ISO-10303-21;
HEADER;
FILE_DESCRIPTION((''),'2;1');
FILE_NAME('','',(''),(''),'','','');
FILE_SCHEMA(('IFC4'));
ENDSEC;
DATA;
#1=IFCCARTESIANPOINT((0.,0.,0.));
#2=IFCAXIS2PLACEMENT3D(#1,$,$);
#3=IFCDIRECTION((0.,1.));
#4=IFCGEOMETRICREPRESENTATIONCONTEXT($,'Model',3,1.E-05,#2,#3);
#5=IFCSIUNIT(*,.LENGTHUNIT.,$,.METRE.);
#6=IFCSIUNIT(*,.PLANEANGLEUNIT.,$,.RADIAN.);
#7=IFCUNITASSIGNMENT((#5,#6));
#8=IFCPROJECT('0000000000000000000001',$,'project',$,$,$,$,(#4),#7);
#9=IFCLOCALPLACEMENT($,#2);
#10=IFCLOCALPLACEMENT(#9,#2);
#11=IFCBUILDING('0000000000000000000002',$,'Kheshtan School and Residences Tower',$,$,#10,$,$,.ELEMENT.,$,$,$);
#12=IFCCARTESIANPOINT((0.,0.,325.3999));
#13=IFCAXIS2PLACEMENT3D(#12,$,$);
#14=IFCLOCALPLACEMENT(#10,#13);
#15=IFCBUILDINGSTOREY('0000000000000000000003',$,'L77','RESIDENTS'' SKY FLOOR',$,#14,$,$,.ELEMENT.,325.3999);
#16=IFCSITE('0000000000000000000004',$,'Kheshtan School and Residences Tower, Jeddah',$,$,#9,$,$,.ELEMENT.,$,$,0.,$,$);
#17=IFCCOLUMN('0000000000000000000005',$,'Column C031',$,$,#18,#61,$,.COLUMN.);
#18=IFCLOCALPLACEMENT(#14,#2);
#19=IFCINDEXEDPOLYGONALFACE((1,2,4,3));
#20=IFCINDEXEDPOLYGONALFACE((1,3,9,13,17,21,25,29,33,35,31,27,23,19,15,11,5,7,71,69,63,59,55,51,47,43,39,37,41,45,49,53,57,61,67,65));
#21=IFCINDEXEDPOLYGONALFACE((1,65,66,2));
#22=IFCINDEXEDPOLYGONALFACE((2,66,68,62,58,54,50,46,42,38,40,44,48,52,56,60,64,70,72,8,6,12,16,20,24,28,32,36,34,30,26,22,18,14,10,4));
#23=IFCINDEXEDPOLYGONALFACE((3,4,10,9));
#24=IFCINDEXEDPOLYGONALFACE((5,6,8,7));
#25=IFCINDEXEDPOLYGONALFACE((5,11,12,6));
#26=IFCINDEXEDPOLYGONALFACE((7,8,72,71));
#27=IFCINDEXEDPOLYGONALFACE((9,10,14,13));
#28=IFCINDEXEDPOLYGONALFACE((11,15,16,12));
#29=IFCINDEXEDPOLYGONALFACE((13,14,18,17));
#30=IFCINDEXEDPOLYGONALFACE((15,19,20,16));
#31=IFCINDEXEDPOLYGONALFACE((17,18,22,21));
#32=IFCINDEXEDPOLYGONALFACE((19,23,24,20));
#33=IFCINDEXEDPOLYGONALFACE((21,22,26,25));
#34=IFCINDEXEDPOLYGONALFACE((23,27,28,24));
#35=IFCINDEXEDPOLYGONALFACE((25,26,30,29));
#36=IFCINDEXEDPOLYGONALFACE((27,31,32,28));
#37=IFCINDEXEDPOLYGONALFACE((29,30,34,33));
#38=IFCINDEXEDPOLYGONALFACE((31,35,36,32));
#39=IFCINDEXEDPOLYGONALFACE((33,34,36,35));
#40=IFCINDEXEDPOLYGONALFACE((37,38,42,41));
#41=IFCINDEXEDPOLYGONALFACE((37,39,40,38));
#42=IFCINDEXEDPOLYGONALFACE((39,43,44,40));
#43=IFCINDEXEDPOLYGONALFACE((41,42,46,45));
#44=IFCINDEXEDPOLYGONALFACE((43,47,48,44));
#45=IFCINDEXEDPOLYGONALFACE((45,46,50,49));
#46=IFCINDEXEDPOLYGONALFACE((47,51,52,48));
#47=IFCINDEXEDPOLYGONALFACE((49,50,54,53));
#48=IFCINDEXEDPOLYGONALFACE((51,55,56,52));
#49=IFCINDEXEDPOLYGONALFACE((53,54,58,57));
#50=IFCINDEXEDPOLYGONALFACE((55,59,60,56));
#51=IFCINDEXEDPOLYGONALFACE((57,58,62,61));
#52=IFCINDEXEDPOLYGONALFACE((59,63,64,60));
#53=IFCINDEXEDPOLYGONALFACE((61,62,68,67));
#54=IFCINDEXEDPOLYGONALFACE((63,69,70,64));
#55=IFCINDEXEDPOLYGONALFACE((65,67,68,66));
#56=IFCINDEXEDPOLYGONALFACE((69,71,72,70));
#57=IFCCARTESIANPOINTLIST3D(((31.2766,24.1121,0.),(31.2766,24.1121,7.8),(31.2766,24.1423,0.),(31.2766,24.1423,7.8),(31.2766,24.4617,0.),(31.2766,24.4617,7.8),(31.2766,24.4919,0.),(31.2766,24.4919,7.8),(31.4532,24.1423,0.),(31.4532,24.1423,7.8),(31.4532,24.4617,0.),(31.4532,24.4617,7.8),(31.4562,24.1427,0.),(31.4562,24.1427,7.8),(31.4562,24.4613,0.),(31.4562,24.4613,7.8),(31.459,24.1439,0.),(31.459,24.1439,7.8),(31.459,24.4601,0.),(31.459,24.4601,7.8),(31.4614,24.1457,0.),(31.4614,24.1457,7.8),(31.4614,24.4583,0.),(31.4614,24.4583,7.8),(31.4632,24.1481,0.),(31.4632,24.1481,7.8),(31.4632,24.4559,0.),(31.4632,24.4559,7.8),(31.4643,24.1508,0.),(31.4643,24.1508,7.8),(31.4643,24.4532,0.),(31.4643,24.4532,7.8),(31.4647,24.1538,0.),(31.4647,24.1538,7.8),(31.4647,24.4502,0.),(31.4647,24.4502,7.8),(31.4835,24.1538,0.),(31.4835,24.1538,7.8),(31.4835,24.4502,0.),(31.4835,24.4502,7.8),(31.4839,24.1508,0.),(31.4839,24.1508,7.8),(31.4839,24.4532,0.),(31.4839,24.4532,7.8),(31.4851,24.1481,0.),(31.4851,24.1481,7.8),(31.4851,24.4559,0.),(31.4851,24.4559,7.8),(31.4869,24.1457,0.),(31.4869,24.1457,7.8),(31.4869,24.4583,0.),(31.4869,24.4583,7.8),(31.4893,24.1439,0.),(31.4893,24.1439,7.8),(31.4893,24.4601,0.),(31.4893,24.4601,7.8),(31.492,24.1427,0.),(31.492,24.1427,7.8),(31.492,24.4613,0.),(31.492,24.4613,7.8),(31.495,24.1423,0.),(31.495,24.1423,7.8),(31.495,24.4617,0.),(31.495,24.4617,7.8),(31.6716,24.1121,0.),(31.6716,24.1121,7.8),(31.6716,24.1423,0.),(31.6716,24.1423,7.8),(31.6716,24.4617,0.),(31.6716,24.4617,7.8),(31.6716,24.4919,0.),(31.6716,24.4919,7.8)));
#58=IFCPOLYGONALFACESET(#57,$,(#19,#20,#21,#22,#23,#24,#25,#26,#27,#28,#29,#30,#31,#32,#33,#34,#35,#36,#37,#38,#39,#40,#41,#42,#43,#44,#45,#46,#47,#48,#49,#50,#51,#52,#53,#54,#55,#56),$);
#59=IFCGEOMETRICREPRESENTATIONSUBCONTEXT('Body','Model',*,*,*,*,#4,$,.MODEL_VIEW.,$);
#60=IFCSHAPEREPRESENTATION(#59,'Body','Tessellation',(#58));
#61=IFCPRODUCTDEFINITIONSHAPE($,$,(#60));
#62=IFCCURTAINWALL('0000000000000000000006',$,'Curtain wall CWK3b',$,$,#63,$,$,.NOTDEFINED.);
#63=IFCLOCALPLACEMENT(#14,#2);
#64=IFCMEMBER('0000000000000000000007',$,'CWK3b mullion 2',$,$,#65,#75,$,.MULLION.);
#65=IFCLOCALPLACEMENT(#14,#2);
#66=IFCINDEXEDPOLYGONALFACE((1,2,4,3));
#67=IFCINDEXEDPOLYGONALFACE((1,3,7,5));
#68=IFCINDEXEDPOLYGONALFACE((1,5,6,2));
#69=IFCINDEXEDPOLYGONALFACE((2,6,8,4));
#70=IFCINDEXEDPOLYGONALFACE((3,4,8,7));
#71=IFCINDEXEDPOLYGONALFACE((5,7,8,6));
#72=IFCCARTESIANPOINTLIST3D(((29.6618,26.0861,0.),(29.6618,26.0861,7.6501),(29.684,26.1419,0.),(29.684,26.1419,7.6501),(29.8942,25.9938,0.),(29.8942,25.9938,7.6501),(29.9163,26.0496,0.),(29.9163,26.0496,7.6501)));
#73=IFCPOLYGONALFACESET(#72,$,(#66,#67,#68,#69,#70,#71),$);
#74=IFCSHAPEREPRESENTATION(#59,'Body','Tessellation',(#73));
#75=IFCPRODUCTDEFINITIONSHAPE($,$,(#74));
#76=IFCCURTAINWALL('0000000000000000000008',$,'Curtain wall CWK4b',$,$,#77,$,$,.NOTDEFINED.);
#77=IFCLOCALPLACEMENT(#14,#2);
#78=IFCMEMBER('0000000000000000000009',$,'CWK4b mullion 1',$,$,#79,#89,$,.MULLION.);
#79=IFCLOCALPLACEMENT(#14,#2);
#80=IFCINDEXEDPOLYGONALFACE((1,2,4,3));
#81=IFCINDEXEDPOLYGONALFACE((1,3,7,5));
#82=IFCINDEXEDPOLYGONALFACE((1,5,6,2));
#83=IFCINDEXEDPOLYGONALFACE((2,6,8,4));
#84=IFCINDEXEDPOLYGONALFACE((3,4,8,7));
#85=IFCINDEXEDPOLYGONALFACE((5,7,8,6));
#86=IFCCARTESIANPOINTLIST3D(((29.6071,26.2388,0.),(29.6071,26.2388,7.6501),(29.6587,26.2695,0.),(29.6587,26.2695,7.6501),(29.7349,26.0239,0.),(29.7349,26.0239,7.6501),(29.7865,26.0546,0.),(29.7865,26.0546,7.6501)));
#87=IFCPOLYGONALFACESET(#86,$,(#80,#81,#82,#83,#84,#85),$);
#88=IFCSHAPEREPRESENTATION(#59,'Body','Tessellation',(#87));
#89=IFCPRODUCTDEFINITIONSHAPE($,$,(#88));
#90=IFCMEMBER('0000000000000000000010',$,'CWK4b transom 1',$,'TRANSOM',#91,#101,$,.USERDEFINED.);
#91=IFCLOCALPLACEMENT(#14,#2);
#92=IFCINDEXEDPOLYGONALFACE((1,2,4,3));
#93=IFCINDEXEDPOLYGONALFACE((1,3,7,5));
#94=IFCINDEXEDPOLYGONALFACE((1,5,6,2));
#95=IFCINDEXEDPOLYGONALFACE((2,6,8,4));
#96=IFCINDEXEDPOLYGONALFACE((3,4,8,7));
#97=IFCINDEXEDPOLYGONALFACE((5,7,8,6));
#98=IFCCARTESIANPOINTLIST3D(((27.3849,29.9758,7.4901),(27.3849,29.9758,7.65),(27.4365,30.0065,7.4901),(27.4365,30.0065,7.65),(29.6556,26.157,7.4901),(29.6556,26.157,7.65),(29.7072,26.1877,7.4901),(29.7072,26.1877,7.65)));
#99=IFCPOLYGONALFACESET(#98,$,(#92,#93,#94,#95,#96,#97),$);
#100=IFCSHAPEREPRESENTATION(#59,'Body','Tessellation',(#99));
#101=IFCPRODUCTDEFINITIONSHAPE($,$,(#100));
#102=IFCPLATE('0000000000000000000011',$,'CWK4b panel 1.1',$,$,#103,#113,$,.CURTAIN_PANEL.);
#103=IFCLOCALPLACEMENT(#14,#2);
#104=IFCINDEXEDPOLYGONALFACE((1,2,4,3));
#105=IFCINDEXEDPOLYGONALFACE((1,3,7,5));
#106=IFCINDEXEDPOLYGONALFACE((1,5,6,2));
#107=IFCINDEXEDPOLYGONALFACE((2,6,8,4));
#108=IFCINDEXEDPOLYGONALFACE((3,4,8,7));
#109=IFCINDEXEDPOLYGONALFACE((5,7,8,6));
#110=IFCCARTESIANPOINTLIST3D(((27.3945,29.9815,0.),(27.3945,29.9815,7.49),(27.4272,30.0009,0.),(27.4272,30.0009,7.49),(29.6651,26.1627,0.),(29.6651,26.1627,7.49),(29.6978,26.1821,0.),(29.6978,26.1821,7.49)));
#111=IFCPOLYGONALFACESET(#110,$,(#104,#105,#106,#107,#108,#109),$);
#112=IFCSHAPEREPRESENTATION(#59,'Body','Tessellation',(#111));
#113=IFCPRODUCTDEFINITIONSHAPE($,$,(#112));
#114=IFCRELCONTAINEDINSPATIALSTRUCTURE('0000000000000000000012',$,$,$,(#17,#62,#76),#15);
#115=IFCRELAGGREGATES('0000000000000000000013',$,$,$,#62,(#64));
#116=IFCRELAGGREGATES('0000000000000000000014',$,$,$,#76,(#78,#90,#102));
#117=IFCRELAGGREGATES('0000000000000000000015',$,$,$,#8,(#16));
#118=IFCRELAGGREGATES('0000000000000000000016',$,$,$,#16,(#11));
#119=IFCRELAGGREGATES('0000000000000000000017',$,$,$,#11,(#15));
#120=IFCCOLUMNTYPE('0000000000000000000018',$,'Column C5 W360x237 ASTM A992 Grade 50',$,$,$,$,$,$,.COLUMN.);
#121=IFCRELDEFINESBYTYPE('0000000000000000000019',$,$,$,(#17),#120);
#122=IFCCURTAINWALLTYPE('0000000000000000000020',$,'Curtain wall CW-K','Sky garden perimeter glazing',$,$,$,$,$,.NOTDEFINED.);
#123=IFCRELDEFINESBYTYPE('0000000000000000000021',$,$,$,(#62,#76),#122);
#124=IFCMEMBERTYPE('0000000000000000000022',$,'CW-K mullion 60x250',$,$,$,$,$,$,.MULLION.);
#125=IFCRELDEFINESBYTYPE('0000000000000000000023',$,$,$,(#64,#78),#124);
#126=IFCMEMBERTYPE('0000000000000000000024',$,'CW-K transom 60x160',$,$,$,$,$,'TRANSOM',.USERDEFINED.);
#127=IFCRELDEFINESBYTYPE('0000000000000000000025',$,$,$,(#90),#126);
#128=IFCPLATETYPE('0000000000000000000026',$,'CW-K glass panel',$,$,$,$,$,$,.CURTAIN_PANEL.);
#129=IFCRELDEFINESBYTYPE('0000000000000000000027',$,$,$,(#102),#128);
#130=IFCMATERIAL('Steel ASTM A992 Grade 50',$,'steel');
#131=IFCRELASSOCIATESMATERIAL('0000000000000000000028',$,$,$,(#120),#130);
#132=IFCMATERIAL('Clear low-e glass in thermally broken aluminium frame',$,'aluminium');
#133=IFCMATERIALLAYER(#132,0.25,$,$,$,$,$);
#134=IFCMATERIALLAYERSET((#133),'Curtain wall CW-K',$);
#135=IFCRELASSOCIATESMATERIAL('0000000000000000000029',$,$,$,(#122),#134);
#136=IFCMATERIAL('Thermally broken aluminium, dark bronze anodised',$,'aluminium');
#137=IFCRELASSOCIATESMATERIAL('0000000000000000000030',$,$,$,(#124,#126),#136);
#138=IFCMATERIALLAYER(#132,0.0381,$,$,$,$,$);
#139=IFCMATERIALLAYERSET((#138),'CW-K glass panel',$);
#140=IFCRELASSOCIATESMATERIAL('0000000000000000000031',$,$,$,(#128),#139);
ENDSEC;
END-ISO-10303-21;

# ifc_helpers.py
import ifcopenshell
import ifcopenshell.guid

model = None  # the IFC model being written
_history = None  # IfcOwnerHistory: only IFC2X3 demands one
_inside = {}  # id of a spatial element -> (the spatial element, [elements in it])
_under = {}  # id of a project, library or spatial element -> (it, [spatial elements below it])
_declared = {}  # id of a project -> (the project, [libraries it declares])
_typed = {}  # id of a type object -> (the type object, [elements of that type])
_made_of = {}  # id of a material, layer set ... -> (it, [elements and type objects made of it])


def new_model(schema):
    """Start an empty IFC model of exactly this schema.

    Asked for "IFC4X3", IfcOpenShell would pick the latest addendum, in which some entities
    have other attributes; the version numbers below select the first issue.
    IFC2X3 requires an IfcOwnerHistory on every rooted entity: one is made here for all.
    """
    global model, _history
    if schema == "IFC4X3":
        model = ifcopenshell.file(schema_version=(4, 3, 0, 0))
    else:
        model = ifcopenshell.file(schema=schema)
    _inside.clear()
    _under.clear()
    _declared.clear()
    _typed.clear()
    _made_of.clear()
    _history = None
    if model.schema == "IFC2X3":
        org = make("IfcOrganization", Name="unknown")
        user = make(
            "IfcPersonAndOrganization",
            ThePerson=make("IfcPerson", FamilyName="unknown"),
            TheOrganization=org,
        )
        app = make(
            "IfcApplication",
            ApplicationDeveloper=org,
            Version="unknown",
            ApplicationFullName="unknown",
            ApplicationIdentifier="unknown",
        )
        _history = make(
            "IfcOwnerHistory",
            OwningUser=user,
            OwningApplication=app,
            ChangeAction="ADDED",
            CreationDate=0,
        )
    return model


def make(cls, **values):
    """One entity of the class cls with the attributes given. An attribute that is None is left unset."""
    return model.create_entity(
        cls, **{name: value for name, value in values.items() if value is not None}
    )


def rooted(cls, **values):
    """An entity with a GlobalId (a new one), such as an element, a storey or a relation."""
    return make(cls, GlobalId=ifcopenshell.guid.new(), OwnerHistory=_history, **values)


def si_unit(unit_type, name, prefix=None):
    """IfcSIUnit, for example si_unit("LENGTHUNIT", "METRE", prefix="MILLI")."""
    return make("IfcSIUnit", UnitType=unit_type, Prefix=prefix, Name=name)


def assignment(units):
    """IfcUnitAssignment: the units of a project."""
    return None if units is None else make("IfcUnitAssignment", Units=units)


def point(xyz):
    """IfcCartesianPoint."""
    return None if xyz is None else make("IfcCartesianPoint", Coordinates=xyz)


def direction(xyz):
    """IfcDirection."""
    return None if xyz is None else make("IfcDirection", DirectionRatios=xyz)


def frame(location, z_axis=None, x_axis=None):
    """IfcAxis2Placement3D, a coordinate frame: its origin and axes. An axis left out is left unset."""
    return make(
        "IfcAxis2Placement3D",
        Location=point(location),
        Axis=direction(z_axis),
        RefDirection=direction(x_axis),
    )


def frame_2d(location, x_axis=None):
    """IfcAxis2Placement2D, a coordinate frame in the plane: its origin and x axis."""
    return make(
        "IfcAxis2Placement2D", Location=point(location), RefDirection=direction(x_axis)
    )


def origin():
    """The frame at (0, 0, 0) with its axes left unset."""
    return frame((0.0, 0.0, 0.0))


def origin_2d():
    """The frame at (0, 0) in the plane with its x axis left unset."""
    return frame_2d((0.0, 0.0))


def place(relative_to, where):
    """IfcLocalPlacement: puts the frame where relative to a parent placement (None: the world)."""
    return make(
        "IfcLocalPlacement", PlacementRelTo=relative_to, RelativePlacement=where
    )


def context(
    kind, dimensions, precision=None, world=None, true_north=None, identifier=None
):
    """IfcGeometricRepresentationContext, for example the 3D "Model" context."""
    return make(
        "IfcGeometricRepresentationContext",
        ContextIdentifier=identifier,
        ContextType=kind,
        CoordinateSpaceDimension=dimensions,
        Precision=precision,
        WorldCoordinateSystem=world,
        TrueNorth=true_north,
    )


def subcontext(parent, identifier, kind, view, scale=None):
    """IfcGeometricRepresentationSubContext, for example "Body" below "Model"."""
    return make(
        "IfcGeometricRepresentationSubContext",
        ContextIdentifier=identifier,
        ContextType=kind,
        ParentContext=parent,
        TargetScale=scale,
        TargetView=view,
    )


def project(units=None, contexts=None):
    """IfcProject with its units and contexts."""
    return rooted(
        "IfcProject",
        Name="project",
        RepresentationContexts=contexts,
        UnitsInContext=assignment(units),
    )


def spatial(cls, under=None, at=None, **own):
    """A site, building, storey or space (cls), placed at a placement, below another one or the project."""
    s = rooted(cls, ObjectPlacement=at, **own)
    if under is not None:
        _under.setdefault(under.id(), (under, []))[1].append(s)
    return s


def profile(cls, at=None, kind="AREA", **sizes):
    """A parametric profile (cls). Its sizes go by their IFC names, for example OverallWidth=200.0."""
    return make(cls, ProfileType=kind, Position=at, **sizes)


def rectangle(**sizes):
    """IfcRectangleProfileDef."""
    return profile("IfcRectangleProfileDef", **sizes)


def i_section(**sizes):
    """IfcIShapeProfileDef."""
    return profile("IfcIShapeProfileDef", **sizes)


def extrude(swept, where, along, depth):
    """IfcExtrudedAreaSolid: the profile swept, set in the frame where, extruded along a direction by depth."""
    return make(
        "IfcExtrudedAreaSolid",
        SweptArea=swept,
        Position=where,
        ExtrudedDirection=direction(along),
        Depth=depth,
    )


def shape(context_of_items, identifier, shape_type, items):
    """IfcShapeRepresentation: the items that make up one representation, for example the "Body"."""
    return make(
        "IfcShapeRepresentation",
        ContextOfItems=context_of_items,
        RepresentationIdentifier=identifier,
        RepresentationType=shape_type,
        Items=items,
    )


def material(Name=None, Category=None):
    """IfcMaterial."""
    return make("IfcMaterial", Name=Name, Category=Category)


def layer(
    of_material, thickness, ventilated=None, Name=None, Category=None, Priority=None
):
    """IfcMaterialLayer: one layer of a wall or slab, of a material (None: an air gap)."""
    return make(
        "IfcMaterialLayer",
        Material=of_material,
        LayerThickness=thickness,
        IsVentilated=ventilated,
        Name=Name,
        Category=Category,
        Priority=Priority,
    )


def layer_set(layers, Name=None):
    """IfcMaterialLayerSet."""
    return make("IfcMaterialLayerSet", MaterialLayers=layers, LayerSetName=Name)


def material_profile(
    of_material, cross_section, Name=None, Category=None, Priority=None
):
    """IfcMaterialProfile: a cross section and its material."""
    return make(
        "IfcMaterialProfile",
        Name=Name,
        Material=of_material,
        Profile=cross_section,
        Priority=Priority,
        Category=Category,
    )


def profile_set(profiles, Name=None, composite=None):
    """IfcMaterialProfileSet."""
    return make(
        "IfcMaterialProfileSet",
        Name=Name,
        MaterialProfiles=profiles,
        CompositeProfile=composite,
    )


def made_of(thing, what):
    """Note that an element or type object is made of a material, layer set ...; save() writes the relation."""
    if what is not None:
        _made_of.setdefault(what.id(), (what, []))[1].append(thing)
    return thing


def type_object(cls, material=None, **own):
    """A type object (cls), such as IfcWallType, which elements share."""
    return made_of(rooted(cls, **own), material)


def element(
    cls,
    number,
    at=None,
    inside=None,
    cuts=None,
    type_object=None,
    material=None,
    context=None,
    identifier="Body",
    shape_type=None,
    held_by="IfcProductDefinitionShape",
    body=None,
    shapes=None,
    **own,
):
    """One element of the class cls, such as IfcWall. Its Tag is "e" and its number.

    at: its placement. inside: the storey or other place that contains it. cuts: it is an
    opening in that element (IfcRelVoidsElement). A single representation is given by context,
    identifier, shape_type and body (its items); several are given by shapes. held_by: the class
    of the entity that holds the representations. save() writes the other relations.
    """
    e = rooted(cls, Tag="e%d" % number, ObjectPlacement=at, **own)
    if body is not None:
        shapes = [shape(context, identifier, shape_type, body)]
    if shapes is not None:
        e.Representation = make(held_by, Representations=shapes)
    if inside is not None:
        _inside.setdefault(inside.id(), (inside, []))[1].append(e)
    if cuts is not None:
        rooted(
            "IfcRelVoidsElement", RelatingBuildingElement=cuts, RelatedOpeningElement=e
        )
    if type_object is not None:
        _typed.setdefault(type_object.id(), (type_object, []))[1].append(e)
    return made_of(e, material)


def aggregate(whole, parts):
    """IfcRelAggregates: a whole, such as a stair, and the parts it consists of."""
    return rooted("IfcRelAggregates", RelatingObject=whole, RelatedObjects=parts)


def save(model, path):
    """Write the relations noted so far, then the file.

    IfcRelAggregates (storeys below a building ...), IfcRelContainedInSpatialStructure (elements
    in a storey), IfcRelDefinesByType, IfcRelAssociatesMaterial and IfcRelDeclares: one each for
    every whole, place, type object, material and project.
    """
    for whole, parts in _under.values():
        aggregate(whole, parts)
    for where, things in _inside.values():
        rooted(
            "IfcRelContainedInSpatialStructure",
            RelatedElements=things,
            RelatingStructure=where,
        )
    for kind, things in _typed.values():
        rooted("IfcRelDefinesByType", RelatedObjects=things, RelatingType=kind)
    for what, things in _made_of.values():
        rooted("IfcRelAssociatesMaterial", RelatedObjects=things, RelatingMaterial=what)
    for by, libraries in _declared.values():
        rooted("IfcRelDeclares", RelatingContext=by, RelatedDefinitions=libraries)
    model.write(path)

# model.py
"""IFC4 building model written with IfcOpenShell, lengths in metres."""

from ifc_helpers import new_model, si_unit, direction, frame, origin, origin_2d, place, context, subcontext, project, spatial, rectangle, i_section, extrude, material, layer, layer_set, material_profile, profile_set, type_object, element, aggregate, save


model = new_model("IFC4")

# Units and contexts
model_context = context("Model", 3, precision=1e-05, world=origin(), true_north=direction((0.0, 1.0)))
body_context = subcontext(model_context, "Body", "Model", "MODEL_VIEW")
ifc_project = project(units=[si_unit("LENGTHUNIT", "METRE"), si_unit("PLANEANGLEUNIT", "RADIAN")], contexts=[model_context])

# Site, building, storey
site_placement = place(None, origin())
site = spatial("IfcSite", under=ifc_project, at=site_placement, Name="Kheshtan School and Residences Tower, Jeddah", CompositionType="ELEMENT", RefElevation=0.0)
building_placement = place(site_placement, origin())
building = spatial("IfcBuilding", under=site, at=building_placement, Name="Kheshtan School and Residences Tower", CompositionType="ELEMENT")
storey_placement = place(building_placement, frame((0.0, 0.0, 325.3999)))
storey = spatial("IfcBuildingStorey", under=building, at=storey_placement, Name="L77", Description="RESIDENTS' SKY FLOOR", CompositionType="ELEMENT", Elevation=325.3999)

# Column
ifc_material_1 = material(Name="Steel ASTM A992 Grade 50", Category="steel")
ifc_material_profile_1 = material_profile(ifc_material_1, i_section(OverallWidth=0.395, OverallDepth=0.3799, WebThickness=0.0188, FlangeThickness=0.0303, FilletRadius=0.0115, at=origin_2d()), Name="W360x237")
ifc_profile_set_1 = profile_set([ifc_material_profile_1], Name="Steel ASTM A992 Grade 50")
column_type = type_object("IfcColumnType", Name="Column C5 W360x237 ASTM A992 Grade 50", PredefinedType="COLUMN", material=ifc_profile_set_1)
column_placement = place(storey_placement, frame((31.4741, 24.302, 0.0), z_axis=(0.0, 0.0, 1.0), x_axis=(1.0, 0.0, 0.0)))
element("IfcColumn", 1, at=column_placement, inside=storey, type_object=column_type, Name="Column C031", PredefinedType="COLUMN", context=body_context, shape_type="SweptSolid", body=[
    extrude(i_section(OverallWidth=0.395, OverallDepth=0.3799, WebThickness=0.0188, FlangeThickness=0.0303, FilletRadius=0.0115, at=origin_2d()), origin(), (0.0, 0.0, 1.0), 7.8),
])

# Curtain wall, member
ifc_material_2 = material(Name="Clear low-e glass in thermally broken aluminium frame", Category="aluminium")
ifc_layer_1 = layer(ifc_material_2, 0.25)
ifc_layer_set_1 = layer_set([ifc_layer_1], Name="Curtain wall CW-K")
curtain_wall_type = type_object("IfcCurtainWallType", Name="Curtain wall CW-K", Description="Sky garden perimeter glazing", PredefinedType="NOTDEFINED", material=ifc_layer_set_1)
curtain_wall_1_placement = place(storey_placement, origin())
curtain_wall_1 = element("IfcCurtainWall", 2, at=curtain_wall_1_placement, inside=storey, type_object=curtain_wall_type, Name="Curtain wall CWK3b", PredefinedType="NOTDEFINED")
ifc_material_3 = material(Name="Thermally broken aluminium, dark bronze anodised", Category="aluminium")
ifc_material_profile_2 = material_profile(ifc_material_3, rectangle(XDim=0.0601, YDim=0.25, at=origin_2d()), Name="CW-K mullion 60x250")
ifc_profile_set_2 = profile_set([ifc_material_profile_2], Name="Thermally broken aluminium, dark bronze anodised")
member_type_1 = type_object("IfcMemberType", Name="CW-K mullion 60x250", PredefinedType="MULLION", material=ifc_profile_set_2)
member_1_placement = place(storey_placement, frame((29.7891, 26.0679, 0.0), z_axis=(0.0, 0.0, 1.0), x_axis=(-0.369099, -0.92939, 0.0)))
member_1 = element("IfcMember", 3, at=member_1_placement, type_object=member_type_1, Name="CWK3b mullion 2", PredefinedType="MULLION", context=body_context, shape_type="SweptSolid", body=[
    extrude(rectangle(XDim=0.0601, YDim=0.25, at=origin_2d()), origin(), (0.0, 0.0, 1.0), 7.6501),
])
aggregate(curtain_wall_1, [member_1])

# Curtain wall, members, plate
curtain_wall_2_placement = place(storey_placement, origin())
curtain_wall_2 = element("IfcCurtainWall", 4, at=curtain_wall_2_placement, inside=storey, type_object=curtain_wall_type, Name="Curtain wall CWK4b", PredefinedType="NOTDEFINED")
member_2_placement = place(storey_placement, frame((29.6968, 26.1467, 0.0), z_axis=(0.0, 0.0, 1.0), x_axis=(-0.859536, -0.511075, 0.0)))
member_2 = element("IfcMember", 5, at=member_2_placement, type_object=member_type_1, Name="CWK4b mullion 1", PredefinedType="MULLION", context=body_context, shape_type="SweptSolid", body=[
    extrude(rectangle(XDim=0.0601, YDim=0.25, at=origin_2d()), origin(), (0.0, 0.0, 1.0), 7.6501),
])
ifc_material_profile_3 = material_profile(ifc_material_3, rectangle(XDim=0.0601, YDim=0.1599, at=origin_2d()), Name="CW-K transom 60x160")
ifc_profile_set_3 = profile_set([ifc_material_profile_3], Name="Thermally broken aluminium, dark bronze anodised")
member_type_2 = type_object("IfcMemberType", Name="CW-K transom 60x160", ElementType="TRANSOM", PredefinedType="USERDEFINED", material=ifc_profile_set_3)
member_3_placement = place(storey_placement, frame((29.6814, 26.1724, 7.5701), z_axis=(-0.51109, 0.859527, 0.0), x_axis=(-0.859527, -0.51109, 0.0)))
member_3 = element("IfcMember", 6, at=member_3_placement, type_object=member_type_2, Name="CWK4b transom 1", ObjectType="TRANSOM", PredefinedType="USERDEFINED", context=body_context, shape_type="SweptSolid", body=[
    extrude(rectangle(XDim=0.0601, YDim=0.1599, at=origin_2d()), origin(), (0.0, 0.0, 1.0), 4.4429),
])
ifc_layer_2 = layer(ifc_material_2, 0.0381)
ifc_layer_set_2 = layer_set([ifc_layer_2], Name="CW-K glass panel")
plate_type = type_object("IfcPlateType", Name="CW-K glass panel", PredefinedType="CURTAIN_PANEL", material=ifc_layer_set_2)
plate_placement = place(storey_placement, frame((28.5461, 28.0818, 0.0), z_axis=(0.0, 0.0, 1.0), x_axis=(-0.511075, 0.859536, 0.0)))
plate = element("IfcPlate", 7, at=plate_placement, type_object=plate_type, Name="CWK4b panel 1.1", PredefinedType="CURTAIN_PANEL", context=body_context, shape_type="SweptSolid", body=[
    extrude(rectangle(XDim=4.4429, YDim=0.0381, at=origin_2d()), origin(), (0.0, 0.0, 1.0), 7.49),
])
aggregate(curtain_wall_2, [member_2, member_3, plate])

save(model, "model.ifc")
